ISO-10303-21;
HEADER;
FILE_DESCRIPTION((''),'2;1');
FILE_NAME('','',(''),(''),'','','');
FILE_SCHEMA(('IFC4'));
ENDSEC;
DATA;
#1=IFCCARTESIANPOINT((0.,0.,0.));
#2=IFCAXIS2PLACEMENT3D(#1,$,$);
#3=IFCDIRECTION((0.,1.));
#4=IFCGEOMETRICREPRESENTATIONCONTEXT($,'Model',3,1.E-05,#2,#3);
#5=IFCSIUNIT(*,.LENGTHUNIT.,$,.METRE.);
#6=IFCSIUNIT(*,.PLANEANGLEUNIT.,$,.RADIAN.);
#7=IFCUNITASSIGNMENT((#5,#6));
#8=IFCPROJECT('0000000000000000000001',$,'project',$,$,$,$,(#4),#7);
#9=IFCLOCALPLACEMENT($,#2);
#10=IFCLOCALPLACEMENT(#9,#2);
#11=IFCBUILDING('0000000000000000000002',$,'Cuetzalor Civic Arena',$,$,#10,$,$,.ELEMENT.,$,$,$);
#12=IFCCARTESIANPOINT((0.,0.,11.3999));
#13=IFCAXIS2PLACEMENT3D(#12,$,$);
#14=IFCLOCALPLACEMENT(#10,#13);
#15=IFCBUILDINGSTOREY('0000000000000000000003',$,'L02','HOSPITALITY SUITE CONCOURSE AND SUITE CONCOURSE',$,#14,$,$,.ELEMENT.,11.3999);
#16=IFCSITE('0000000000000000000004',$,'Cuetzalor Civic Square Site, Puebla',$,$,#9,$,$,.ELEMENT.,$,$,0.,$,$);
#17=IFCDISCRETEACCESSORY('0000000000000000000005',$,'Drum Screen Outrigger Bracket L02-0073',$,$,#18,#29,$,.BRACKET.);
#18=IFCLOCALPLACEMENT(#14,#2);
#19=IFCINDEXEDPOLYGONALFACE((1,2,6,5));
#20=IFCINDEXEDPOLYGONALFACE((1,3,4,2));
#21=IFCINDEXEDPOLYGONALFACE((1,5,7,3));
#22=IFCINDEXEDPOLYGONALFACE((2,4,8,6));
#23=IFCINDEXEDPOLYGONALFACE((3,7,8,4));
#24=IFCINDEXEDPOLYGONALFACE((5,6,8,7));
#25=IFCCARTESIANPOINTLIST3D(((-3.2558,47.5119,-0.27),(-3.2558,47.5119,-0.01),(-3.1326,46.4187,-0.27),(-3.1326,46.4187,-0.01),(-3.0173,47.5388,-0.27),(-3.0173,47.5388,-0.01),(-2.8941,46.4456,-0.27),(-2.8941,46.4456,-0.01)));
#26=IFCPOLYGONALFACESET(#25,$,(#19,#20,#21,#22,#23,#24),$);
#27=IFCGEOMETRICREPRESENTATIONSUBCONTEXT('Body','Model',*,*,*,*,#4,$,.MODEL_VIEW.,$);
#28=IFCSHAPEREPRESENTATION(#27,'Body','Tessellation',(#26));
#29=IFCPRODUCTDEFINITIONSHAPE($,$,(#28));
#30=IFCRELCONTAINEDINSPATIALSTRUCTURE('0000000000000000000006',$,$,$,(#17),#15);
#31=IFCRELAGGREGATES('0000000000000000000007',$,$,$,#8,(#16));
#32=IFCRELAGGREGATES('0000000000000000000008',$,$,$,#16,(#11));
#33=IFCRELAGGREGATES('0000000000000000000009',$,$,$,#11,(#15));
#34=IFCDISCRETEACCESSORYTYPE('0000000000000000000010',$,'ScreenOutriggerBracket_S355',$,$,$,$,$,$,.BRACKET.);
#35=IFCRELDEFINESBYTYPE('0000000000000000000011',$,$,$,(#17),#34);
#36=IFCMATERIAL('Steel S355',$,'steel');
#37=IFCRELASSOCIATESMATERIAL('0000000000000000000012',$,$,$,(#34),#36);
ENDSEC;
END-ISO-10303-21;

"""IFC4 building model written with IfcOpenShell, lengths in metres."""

from ifc_helpers import new_model, si_unit, direction, frame, origin, origin_2d, place, context, subcontext, project, spatial, rectangle, extrude, material, type_object, element, save


model = new_model("IFC4")

# Units and contexts
model_context = context("Model", 3, precision=1e-05, world=origin(), true_north=direction((0.0, 1.0)))
body_context = subcontext(model_context, "Body", "Model", "MODEL_VIEW")
ifc_project = project(units=[si_unit("LENGTHUNIT", "METRE"), si_unit("PLANEANGLEUNIT", "RADIAN")], contexts=[model_context])

# Site, building, storey
site_placement = place(None, origin())
site = spatial("IfcSite", under=ifc_project, at=site_placement, Name="Cuetzalor Civic Square Site, Puebla", CompositionType="ELEMENT", RefElevation=0.0)
building_placement = place(site_placement, origin())
building = spatial("IfcBuilding", under=site, at=building_placement, Name="Cuetzalor Civic Arena", CompositionType="ELEMENT")
storey_placement = place(building_placement, frame((0.0, 0.0, 11.3999)))
storey = spatial("IfcBuildingStorey", under=building, at=storey_placement, Name="L02", Description="HOSPITALITY SUITE CONCOURSE AND SUITE CONCOURSE", CompositionType="ELEMENT", Elevation=11.3999)

# Discrete accessory
ifc_material_1 = material(Name="Steel S355", Category="steel")
discrete_accessory_type = type_object("IfcDiscreteAccessoryType", Name="ScreenOutriggerBracket_S355", PredefinedType="BRACKET", material=ifc_material_1)
discrete_accessory_placement = place(storey_placement, frame((-3.075, 46.9788, -0.27), z_axis=(0.0, 0.0, 1.0), x_axis=(-0.111989, 0.993709, 0.0)))
element("IfcDiscreteAccessory", 1, at=discrete_accessory_placement, inside=storey, type_object=discrete_accessory_type, Name="Drum Screen Outrigger Bracket L02-0073", PredefinedType="BRACKET", context=body_context, shape_type="SweptSolid", body=[
    extrude(rectangle(XDim=1.1001, YDim=0.24, at=origin_2d()), origin(), (0.0, 0.0, 1.0), 0.26),
])

save(model, "model.ifc")
